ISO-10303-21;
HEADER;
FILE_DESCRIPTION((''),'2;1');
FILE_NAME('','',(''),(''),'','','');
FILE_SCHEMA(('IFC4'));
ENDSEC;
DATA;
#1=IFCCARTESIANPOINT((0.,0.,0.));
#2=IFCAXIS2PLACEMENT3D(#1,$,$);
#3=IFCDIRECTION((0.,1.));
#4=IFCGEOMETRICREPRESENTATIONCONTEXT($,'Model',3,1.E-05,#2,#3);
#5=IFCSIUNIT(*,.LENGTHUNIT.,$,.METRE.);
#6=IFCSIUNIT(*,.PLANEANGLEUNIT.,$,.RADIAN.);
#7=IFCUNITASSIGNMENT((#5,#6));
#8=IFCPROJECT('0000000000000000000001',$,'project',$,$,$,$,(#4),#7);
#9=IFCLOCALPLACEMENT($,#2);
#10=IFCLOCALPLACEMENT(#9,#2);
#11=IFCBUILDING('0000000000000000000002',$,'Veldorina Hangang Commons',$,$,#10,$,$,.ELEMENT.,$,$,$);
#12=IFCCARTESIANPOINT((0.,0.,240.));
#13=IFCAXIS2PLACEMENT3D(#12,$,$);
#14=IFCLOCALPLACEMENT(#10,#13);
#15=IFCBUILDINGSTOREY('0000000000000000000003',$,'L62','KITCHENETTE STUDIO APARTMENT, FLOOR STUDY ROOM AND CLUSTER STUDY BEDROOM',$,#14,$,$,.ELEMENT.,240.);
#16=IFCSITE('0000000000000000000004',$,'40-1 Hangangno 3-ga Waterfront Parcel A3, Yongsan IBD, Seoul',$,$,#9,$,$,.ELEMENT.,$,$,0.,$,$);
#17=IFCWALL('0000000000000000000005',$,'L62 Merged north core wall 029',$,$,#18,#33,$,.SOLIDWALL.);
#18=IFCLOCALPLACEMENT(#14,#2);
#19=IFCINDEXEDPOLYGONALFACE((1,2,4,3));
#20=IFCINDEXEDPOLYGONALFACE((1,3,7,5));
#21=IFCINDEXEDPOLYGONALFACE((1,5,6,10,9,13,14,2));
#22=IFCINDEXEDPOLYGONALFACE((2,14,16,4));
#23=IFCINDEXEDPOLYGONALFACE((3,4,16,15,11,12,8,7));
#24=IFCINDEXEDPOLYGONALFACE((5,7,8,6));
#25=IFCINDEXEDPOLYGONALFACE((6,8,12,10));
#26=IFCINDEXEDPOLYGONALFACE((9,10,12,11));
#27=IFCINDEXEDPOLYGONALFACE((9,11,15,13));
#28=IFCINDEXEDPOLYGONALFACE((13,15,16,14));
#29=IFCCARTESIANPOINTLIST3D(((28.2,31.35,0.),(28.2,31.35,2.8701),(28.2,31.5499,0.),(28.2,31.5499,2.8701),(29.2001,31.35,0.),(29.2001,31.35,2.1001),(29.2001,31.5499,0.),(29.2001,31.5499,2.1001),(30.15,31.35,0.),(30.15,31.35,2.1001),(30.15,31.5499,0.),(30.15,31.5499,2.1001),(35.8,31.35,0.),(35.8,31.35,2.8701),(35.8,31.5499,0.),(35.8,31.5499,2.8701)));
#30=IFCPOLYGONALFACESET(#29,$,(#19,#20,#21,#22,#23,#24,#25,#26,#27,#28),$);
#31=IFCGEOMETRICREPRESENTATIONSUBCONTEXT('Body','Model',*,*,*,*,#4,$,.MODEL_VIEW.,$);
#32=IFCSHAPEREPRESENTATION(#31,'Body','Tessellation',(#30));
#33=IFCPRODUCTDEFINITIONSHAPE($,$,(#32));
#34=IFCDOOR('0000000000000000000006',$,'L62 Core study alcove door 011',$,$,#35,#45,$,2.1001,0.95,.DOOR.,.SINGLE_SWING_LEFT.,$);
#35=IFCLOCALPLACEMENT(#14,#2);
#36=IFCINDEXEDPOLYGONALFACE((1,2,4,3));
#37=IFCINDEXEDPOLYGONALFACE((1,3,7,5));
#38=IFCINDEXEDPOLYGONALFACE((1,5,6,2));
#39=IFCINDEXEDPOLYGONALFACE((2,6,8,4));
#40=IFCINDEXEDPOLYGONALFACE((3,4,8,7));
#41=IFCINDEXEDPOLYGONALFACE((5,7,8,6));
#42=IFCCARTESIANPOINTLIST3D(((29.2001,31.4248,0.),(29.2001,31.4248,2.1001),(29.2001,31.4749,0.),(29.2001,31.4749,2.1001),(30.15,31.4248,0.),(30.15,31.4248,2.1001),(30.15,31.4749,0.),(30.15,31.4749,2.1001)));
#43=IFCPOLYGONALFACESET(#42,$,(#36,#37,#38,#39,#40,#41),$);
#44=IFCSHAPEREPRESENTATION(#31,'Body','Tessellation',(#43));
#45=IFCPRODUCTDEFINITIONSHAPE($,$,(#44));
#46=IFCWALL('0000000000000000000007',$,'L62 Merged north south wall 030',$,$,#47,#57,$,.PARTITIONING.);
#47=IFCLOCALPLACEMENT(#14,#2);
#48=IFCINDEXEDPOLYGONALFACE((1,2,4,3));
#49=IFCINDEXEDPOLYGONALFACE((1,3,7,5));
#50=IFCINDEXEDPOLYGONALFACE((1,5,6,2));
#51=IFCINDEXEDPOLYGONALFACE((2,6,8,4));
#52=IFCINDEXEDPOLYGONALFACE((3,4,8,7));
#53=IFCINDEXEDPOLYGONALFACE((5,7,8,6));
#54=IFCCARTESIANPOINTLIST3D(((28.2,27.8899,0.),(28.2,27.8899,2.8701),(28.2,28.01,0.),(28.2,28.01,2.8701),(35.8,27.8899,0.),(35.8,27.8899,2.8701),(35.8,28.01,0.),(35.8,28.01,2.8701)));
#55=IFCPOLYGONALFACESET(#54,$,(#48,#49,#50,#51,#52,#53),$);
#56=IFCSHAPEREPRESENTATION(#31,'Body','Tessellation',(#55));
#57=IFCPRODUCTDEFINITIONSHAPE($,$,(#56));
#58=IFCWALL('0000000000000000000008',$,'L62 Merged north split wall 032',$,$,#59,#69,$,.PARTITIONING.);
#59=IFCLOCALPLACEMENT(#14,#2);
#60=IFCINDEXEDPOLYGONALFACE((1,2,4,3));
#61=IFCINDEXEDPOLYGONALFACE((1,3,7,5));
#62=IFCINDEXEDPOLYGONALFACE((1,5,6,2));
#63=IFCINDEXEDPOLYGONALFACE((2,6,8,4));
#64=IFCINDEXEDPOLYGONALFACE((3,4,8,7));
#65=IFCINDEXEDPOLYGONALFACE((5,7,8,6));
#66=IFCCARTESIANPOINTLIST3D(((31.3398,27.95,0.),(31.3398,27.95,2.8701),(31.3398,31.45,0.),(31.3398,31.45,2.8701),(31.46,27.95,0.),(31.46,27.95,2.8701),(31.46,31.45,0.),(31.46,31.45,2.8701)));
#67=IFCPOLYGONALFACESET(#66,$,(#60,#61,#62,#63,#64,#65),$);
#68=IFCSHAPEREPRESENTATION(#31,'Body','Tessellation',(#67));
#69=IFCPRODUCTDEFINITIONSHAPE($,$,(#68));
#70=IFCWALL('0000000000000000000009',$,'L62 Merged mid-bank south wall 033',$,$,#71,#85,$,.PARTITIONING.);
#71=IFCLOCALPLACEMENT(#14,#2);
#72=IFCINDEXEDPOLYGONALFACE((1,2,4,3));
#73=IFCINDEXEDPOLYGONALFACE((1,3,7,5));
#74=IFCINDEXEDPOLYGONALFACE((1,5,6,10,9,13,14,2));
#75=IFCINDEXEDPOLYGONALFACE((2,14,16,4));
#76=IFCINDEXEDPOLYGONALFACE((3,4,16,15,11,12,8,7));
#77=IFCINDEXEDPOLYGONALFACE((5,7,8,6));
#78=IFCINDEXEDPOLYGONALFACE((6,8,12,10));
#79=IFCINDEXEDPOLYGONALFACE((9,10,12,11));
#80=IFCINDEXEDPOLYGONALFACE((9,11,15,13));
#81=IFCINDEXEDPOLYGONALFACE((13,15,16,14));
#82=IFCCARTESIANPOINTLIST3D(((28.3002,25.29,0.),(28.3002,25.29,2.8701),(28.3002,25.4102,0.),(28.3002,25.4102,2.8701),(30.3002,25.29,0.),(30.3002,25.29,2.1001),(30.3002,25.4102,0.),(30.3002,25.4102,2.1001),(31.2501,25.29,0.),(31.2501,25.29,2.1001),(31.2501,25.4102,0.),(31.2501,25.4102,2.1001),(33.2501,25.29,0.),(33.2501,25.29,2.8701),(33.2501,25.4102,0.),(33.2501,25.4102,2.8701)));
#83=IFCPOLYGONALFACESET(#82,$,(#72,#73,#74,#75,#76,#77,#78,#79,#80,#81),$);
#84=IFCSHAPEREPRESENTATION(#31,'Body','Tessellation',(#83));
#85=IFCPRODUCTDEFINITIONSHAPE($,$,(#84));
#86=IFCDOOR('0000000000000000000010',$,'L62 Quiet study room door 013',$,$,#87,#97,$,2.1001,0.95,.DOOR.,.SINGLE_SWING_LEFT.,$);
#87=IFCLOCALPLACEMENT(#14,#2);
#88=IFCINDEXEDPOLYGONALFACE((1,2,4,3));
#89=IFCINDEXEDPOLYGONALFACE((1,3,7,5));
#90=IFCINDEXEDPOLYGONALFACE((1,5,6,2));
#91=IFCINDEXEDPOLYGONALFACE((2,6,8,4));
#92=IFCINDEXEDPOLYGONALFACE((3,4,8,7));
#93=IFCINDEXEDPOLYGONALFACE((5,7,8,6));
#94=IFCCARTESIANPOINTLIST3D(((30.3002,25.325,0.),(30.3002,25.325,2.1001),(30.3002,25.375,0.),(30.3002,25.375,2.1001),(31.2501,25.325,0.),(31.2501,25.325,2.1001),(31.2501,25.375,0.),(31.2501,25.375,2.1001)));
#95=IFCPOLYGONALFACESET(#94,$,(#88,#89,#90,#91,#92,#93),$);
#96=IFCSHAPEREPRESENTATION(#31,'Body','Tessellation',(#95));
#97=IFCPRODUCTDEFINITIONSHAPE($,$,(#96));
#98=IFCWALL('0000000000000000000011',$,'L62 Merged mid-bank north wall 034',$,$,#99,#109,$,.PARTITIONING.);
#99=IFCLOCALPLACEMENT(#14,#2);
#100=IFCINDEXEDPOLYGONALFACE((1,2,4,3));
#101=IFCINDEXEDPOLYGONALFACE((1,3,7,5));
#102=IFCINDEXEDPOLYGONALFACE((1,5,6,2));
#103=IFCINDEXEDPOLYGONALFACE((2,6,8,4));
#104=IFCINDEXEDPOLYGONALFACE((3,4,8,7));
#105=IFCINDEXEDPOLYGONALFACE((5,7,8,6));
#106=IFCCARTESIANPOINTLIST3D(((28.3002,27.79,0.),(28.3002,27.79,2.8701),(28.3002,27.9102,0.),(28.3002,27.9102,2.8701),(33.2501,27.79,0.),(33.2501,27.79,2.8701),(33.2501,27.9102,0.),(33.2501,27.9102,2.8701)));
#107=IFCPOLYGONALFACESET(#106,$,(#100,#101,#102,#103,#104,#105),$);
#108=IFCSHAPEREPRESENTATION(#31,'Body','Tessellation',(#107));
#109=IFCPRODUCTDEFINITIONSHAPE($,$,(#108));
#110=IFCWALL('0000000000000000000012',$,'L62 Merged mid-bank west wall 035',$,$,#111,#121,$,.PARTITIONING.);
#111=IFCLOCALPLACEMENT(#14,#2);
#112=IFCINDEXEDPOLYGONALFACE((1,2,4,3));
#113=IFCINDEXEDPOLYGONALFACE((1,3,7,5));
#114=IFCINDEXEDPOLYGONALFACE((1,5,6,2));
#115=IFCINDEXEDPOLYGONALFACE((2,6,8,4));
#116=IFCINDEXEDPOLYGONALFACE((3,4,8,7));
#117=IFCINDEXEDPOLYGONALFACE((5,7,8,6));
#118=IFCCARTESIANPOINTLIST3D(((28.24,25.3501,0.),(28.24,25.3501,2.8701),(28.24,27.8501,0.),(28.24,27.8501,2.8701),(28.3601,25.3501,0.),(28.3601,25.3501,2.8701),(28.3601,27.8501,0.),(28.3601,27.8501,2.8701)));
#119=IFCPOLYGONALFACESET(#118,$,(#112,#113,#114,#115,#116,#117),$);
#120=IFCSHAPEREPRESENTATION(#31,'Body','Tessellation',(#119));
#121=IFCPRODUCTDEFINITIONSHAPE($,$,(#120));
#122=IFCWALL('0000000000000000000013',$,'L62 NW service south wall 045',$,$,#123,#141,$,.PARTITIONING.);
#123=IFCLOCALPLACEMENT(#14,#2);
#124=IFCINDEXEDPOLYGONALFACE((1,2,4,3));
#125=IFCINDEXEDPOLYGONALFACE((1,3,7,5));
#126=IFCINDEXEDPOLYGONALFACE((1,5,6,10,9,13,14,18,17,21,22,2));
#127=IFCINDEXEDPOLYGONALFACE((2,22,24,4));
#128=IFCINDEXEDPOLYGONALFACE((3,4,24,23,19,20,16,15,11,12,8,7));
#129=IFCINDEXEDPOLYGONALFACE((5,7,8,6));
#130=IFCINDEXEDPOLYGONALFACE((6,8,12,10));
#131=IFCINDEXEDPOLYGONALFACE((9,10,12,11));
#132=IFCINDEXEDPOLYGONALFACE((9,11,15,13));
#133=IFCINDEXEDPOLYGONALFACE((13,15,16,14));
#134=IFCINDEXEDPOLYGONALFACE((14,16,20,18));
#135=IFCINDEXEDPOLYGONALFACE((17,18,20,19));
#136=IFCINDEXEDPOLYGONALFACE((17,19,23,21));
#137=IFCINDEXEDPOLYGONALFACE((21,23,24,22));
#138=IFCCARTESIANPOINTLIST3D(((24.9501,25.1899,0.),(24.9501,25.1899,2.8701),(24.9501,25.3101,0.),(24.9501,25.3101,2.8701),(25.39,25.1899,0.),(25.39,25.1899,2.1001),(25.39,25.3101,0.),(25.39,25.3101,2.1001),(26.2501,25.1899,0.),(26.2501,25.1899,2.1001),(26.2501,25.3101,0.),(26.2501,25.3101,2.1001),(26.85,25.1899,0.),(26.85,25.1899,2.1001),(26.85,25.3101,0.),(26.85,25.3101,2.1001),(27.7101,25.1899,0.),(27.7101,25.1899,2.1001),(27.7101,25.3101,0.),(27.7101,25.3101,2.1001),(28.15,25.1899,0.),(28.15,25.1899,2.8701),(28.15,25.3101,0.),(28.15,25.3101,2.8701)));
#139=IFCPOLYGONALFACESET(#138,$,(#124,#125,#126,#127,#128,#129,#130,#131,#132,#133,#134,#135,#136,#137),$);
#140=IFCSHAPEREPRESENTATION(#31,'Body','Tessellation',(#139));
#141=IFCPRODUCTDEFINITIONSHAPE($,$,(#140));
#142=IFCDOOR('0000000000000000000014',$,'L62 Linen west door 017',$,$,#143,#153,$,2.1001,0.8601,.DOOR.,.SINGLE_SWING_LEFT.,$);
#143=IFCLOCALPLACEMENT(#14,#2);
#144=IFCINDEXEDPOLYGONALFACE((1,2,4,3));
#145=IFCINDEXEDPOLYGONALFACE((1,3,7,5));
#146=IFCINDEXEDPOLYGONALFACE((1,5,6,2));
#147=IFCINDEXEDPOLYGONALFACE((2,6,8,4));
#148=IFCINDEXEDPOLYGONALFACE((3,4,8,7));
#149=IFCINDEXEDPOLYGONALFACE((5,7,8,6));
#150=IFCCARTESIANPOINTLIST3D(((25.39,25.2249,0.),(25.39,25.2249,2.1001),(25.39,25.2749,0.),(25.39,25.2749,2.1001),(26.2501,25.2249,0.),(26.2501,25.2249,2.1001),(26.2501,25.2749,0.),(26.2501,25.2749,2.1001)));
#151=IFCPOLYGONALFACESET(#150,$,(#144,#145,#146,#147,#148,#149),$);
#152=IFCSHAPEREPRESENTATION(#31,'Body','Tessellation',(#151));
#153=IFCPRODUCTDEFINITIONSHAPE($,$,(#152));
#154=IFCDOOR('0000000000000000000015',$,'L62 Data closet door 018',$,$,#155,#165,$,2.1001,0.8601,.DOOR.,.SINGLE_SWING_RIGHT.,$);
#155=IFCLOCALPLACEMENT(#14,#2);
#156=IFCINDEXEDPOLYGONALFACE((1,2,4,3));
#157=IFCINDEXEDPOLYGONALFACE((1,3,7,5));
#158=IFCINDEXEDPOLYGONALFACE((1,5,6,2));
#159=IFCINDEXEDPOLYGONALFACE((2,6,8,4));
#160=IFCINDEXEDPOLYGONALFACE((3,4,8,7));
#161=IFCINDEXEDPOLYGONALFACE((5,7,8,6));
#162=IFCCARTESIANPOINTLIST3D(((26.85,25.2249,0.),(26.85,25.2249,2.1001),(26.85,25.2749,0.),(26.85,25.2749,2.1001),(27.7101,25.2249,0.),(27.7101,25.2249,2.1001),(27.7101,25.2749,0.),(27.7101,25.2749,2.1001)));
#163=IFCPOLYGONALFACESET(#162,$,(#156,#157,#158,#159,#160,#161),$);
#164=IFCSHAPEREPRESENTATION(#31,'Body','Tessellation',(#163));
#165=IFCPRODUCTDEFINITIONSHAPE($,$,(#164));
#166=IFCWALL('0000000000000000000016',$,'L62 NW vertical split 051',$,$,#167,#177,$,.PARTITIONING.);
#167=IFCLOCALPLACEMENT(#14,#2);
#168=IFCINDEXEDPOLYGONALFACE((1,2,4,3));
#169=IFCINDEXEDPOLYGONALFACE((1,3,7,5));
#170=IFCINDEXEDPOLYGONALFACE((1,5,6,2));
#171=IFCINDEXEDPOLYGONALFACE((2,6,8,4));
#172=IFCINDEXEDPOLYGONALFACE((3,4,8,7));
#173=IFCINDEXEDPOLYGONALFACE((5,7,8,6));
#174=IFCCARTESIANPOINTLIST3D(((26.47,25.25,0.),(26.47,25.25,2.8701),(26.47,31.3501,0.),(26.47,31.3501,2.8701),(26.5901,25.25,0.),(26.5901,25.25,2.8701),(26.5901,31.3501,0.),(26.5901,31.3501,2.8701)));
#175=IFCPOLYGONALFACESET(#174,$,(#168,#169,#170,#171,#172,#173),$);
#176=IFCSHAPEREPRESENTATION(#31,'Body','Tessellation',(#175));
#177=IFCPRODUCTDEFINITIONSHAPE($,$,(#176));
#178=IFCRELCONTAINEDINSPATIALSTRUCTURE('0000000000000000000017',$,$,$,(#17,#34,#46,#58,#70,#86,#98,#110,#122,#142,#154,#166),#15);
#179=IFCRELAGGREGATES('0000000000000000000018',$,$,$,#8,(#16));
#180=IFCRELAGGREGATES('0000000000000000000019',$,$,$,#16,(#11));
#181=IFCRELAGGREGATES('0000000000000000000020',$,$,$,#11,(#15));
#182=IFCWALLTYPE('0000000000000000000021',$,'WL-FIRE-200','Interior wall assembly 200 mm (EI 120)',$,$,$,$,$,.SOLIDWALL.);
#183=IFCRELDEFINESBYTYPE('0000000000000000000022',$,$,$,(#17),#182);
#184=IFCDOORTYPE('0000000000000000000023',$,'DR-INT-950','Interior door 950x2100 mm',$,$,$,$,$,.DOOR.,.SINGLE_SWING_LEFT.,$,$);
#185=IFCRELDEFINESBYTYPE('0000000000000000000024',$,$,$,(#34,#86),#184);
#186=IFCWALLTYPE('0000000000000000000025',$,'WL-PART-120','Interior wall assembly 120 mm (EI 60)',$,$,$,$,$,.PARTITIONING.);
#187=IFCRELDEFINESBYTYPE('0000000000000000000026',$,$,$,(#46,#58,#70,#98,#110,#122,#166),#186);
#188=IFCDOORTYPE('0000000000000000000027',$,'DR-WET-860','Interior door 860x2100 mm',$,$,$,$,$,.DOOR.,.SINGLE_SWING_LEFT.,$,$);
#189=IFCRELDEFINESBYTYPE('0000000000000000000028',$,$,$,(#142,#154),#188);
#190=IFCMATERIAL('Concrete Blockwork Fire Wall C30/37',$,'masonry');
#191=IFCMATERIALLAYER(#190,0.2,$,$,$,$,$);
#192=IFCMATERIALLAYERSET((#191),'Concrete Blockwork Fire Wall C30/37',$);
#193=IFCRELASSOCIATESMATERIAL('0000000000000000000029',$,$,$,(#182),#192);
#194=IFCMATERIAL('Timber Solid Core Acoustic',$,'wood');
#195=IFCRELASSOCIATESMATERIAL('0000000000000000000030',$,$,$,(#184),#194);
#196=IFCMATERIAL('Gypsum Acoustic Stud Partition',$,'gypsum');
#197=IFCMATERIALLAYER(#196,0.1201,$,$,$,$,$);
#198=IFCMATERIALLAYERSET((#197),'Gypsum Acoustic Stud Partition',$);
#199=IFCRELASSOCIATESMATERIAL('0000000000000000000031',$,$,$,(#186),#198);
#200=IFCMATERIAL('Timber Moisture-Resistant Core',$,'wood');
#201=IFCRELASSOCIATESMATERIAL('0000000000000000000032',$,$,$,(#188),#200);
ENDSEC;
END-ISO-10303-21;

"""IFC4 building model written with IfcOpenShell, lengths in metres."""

from ifc_helpers import new_model, si_unit, direction, frame, frame_2d, origin, place, context, subcontext, project, spatial, rectangle, extrude, material, layer, layer_set, type_object, element, fill, save


model = new_model("IFC4")

# Units and contexts
model_context = context("Model", 3, precision=1e-05, world=origin(), true_north=direction((0.0, 1.0)))
body_context = subcontext(model_context, "Body", "Model", "MODEL_VIEW")
ifc_project = project(units=[si_unit("LENGTHUNIT", "METRE"), si_unit("PLANEANGLEUNIT", "RADIAN")], contexts=[model_context])

# Site, building, storey
site_placement = place(None, origin())
site = spatial("IfcSite", under=ifc_project, at=site_placement, Name="40-1 Hangangno 3-ga Waterfront Parcel A3, Yongsan IBD, Seoul", CompositionType="ELEMENT", RefElevation=0.0)
building_placement = place(site_placement, origin())
building = spatial("IfcBuilding", under=site, at=building_placement, Name="Veldorina Hangang Commons", CompositionType="ELEMENT")
storey_placement = place(building_placement, frame((0.0, 0.0, 240.0)))
storey = spatial("IfcBuildingStorey", under=building, at=storey_placement, Name="L62", Description="KITCHENETTE STUDIO APARTMENT, FLOOR STUDY ROOM AND CLUSTER STUDY BEDROOM", CompositionType="ELEMENT", Elevation=240.0)

# Wall, opening, door
ifc_material_1 = material(Name="Concrete Blockwork Fire Wall C30/37", Category="masonry")
ifc_layer_1 = layer(ifc_material_1, 0.2)
ifc_layer_set_1 = layer_set([ifc_layer_1], Name="Concrete Blockwork Fire Wall C30/37")
wall_type_1 = type_object("IfcWallType", Name="WL-FIRE-200", Description="Interior wall assembly 200 mm (EI 120)", PredefinedType="SOLIDWALL", material=ifc_layer_set_1)
wall_1_placement = place(storey_placement, frame((28.2, 31.45, 0.0), z_axis=(0.0, 0.0, 1.0), x_axis=(1.0, 0.0, 0.0)))
wall_1 = element("IfcWall", 1, at=wall_1_placement, inside=storey, type_object=wall_type_1, Name="L62 Merged north core wall 029", PredefinedType="SOLIDWALL", context=body_context, shape_type="SweptSolid", body=[
    extrude(rectangle(XDim=7.6001, YDim=0.2, at=frame_2d((3.8, 0.0))), origin(), (0.0, 0.0, 1.0), 2.8701),
])
opening_1_placement = place(wall_1_placement, frame((1.0, 0.0, 0.0)))
opening_1 = element("IfcOpeningElement", 2, at=opening_1_placement, cuts=wall_1, PredefinedType="OPENING", context=body_context, shape_type="SweptSolid", body=[
    extrude(rectangle(XDim=0.95, YDim=2.1001, at=frame_2d((0.4751, 1.05))), frame((0.0, 0.1099, 0.0), z_axis=(0.0, -1.0, 0.0), x_axis=(1.0, 0.0, 0.0)), (0.0, 0.0, 1.0), 0.22),
])
ifc_material_2 = material(Name="Timber Solid Core Acoustic", Category="wood")
door_type_1 = type_object("IfcDoorType", Name="DR-INT-950", Description="Interior door 950x2100 mm", OperationType="SINGLE_SWING_LEFT", PredefinedType="DOOR", material=ifc_material_2)
door_1_placement = place(opening_1_placement, origin())
door_1 = element("IfcDoor", 3, at=door_1_placement, inside=storey, type_object=door_type_1, Name="L62 Core study alcove door 011", OperationType="SINGLE_SWING_LEFT", OverallHeight=2.1001, OverallWidth=0.95, PredefinedType="DOOR", context=body_context, shape_type="SweptSolid", body=[
    extrude(rectangle(XDim=0.95, YDim=2.1001, at=frame_2d((0.4751, 1.05))), frame((0.0, 0.0249, 0.0), z_axis=(0.0, -1.0, 0.0), x_axis=(1.0, 0.0, 0.0)), (0.0, 0.0, 1.0), 0.05),
])
fill(opening_1, door_1)

# Walls
ifc_material_3 = material(Name="Gypsum Acoustic Stud Partition", Category="gypsum")
ifc_layer_2 = layer(ifc_material_3, 0.1201)
ifc_layer_set_2 = layer_set([ifc_layer_2], Name="Gypsum Acoustic Stud Partition")
wall_type_2 = type_object("IfcWallType", Name="WL-PART-120", Description="Interior wall assembly 120 mm (EI 60)", PredefinedType="PARTITIONING", material=ifc_layer_set_2)
wall_2_placement = place(storey_placement, frame((28.2, 27.95, 0.0), z_axis=(0.0, 0.0, 1.0), x_axis=(1.0, 0.0, 0.0)))
element("IfcWall", 4, at=wall_2_placement, inside=storey, type_object=wall_type_2, Name="L62 Merged north south wall 030", PredefinedType="PARTITIONING", context=body_context, shape_type="SweptSolid", body=[
    extrude(rectangle(XDim=7.6001, YDim=0.1201, at=frame_2d((3.8, 0.0))), origin(), (0.0, 0.0, 1.0), 2.8701),
])
wall_3_placement = place(storey_placement, frame((31.3999, 27.95, 0.0), z_axis=(0.0, 0.0, 1.0), x_axis=(0.0, 1.0, 0.0)))
element("IfcWall", 5, at=wall_3_placement, inside=storey, type_object=wall_type_2, Name="L62 Merged north split wall 032", PredefinedType="PARTITIONING", context=body_context, shape_type="SweptSolid", body=[
    extrude(rectangle(XDim=3.5, YDim=0.1201, at=frame_2d((1.75, 0.0))), origin(), (0.0, 0.0, 1.0), 2.8701),
])

# Wall, opening, door
wall_4_placement = place(storey_placement, frame((28.3, 25.3501, 0.0), z_axis=(0.0, 0.0, 1.0), x_axis=(1.0, 0.0, 0.0)))
wall_4 = element("IfcWall", 6, at=wall_4_placement, inside=storey, type_object=wall_type_2, Name="L62 Merged mid-bank south wall 033", PredefinedType="PARTITIONING", context=body_context, shape_type="SweptSolid", body=[
    extrude(rectangle(XDim=4.95, YDim=0.1201, at=frame_2d((2.4751, 0.0))), origin(), (0.0, 0.0, 1.0), 2.8701),
])
opening_2_placement = place(wall_4_placement, frame((2.0, 0.0, 0.0)))
opening_2 = element("IfcOpeningElement", 7, at=opening_2_placement, cuts=wall_4, PredefinedType="OPENING", context=body_context, shape_type="SweptSolid", body=[
    extrude(rectangle(XDim=0.95, YDim=2.1001, at=frame_2d((0.4751, 1.05))), frame((0.0, 0.0701, 0.0), z_axis=(0.0, -1.0, 0.0), x_axis=(1.0, 0.0, 0.0)), (0.0, 0.0, 1.0), 0.1401),
])
door_2_placement = place(opening_2_placement, origin())
door_2 = element("IfcDoor", 8, at=door_2_placement, inside=storey, type_object=door_type_1, Name="L62 Quiet study room door 013", OperationType="SINGLE_SWING_LEFT", OverallHeight=2.1001, OverallWidth=0.95, PredefinedType="DOOR", context=body_context, shape_type="SweptSolid", body=[
    extrude(rectangle(XDim=0.95, YDim=2.1001, at=frame_2d((0.4751, 1.05))), frame((0.0, 0.0249, 0.0), z_axis=(0.0, -1.0, 0.0), x_axis=(1.0, 0.0, 0.0)), (0.0, 0.0, 1.0), 0.05),
])
fill(opening_2, door_2)

# Walls
wall_5_placement = place(storey_placement, frame((28.3, 27.8501, 0.0), z_axis=(0.0, 0.0, 1.0), x_axis=(1.0, 0.0, 0.0)))
element("IfcWall", 9, at=wall_5_placement, inside=storey, type_object=wall_type_2, Name="L62 Merged mid-bank north wall 034", PredefinedType="PARTITIONING", context=body_context, shape_type="SweptSolid", body=[
    extrude(rectangle(XDim=4.95, YDim=0.1201, at=frame_2d((2.4751, 0.0))), origin(), (0.0, 0.0, 1.0), 2.8701),
])
wall_6_placement = place(storey_placement, frame((28.3, 25.3501, 0.0), z_axis=(0.0, 0.0, 1.0), x_axis=(0.0, 1.0, 0.0)))
element("IfcWall", 10, at=wall_6_placement, inside=storey, type_object=wall_type_2, Name="L62 Merged mid-bank west wall 035", PredefinedType="PARTITIONING", context=body_context, shape_type="SweptSolid", body=[
    extrude(rectangle(XDim=2.5, YDim=0.1201, at=frame_2d((1.25, 0.0))), origin(), (0.0, 0.0, 1.0), 2.8701),
])

# Wall, openings, doors
wall_7_placement = place(storey_placement, frame((24.95, 25.25, 0.0), z_axis=(0.0, 0.0, 1.0), x_axis=(1.0, 0.0, 0.0)))
wall_7 = element("IfcWall", 11, at=wall_7_placement, inside=storey, type_object=wall_type_2, Name="L62 NW service south wall 045", PredefinedType="PARTITIONING", context=body_context, shape_type="SweptSolid", body=[
    extrude(rectangle(XDim=3.2, YDim=0.1201, at=frame_2d((1.6001, 0.0))), origin(), (0.0, 0.0, 1.0), 2.8701),
])
opening_3_placement = place(wall_7_placement, frame((0.4399, 0.0, 0.0)))
opening_3 = element("IfcOpeningElement", 12, at=opening_3_placement, cuts=wall_7, PredefinedType="OPENING", context=body_context, shape_type="SweptSolid", body=[
    extrude(rectangle(XDim=0.8601, YDim=2.1001, at=frame_2d((0.4302, 1.05))), frame((0.0, 0.0701, 0.0), z_axis=(0.0, -1.0, 0.0), x_axis=(1.0, 0.0, 0.0)), (0.0, 0.0, 1.0), 0.1401),
])
opening_4_placement = place(wall_7_placement, frame((1.8999, 0.0, 0.0)))
opening_4 = element("IfcOpeningElement", 13, at=opening_4_placement, cuts=wall_7, PredefinedType="OPENING", context=body_context, shape_type="SweptSolid", body=[
    extrude(rectangle(XDim=0.8601, YDim=2.1001, at=frame_2d((0.4302, 1.05))), frame((0.0, 0.0701, 0.0), z_axis=(0.0, -1.0, 0.0), x_axis=(1.0, 0.0, 0.0)), (0.0, 0.0, 1.0), 0.1401),
])
ifc_material_4 = material(Name="Timber Moisture-Resistant Core", Category="wood")
door_type_2 = type_object("IfcDoorType", Name="DR-WET-860", Description="Interior door 860x2100 mm", OperationType="SINGLE_SWING_LEFT", PredefinedType="DOOR", material=ifc_material_4)
door_3_placement = place(opening_3_placement, origin())
door_3 = element("IfcDoor", 14, at=door_3_placement, inside=storey, type_object=door_type_2, Name="L62 Linen west door 017", OperationType="SINGLE_SWING_LEFT", OverallHeight=2.1001, OverallWidth=0.8601, PredefinedType="DOOR", context=body_context, shape_type="SweptSolid", body=[
    extrude(rectangle(XDim=0.8601, YDim=2.1001, at=frame_2d((0.4302, 1.05))), frame((0.0, 0.0249, 0.0), z_axis=(0.0, -1.0, 0.0), x_axis=(1.0, 0.0, 0.0)), (0.0, 0.0, 1.0), 0.05),
])
fill(opening_3, door_3)
door_4_placement = place(opening_4_placement, origin())
door_4 = element("IfcDoor", 15, at=door_4_placement, inside=storey, type_object=door_type_2, Name="L62 Data closet door 018", OperationType="SINGLE_SWING_RIGHT", OverallHeight=2.1001, OverallWidth=0.8601, PredefinedType="DOOR", context=body_context, shape_type="SweptSolid", body=[
    extrude(rectangle(XDim=0.8601, YDim=2.1001, at=frame_2d((0.4302, 1.05))), frame((0.0, 0.0249, 0.0), z_axis=(0.0, -1.0, 0.0), x_axis=(1.0, 0.0, 0.0)), (0.0, 0.0, 1.0), 0.05),
])
fill(opening_4, door_4)

# Wall
wall_8_placement = place(storey_placement, frame((26.53, 25.25, 0.0), z_axis=(0.0, 0.0, 1.0), x_axis=(0.0, 1.0, 0.0)))
element("IfcWall", 16, at=wall_8_placement, inside=storey, type_object=wall_type_2, Name="L62 NW vertical split 051", PredefinedType="PARTITIONING", context=body_context, shape_type="SweptSolid", body=[
    extrude(rectangle(XDim=6.1001, YDim=0.1201, at=frame_2d((3.05, 0.0))), origin(), (0.0, 0.0, 1.0), 2.8701),
])

save(model, "model.ifc")
